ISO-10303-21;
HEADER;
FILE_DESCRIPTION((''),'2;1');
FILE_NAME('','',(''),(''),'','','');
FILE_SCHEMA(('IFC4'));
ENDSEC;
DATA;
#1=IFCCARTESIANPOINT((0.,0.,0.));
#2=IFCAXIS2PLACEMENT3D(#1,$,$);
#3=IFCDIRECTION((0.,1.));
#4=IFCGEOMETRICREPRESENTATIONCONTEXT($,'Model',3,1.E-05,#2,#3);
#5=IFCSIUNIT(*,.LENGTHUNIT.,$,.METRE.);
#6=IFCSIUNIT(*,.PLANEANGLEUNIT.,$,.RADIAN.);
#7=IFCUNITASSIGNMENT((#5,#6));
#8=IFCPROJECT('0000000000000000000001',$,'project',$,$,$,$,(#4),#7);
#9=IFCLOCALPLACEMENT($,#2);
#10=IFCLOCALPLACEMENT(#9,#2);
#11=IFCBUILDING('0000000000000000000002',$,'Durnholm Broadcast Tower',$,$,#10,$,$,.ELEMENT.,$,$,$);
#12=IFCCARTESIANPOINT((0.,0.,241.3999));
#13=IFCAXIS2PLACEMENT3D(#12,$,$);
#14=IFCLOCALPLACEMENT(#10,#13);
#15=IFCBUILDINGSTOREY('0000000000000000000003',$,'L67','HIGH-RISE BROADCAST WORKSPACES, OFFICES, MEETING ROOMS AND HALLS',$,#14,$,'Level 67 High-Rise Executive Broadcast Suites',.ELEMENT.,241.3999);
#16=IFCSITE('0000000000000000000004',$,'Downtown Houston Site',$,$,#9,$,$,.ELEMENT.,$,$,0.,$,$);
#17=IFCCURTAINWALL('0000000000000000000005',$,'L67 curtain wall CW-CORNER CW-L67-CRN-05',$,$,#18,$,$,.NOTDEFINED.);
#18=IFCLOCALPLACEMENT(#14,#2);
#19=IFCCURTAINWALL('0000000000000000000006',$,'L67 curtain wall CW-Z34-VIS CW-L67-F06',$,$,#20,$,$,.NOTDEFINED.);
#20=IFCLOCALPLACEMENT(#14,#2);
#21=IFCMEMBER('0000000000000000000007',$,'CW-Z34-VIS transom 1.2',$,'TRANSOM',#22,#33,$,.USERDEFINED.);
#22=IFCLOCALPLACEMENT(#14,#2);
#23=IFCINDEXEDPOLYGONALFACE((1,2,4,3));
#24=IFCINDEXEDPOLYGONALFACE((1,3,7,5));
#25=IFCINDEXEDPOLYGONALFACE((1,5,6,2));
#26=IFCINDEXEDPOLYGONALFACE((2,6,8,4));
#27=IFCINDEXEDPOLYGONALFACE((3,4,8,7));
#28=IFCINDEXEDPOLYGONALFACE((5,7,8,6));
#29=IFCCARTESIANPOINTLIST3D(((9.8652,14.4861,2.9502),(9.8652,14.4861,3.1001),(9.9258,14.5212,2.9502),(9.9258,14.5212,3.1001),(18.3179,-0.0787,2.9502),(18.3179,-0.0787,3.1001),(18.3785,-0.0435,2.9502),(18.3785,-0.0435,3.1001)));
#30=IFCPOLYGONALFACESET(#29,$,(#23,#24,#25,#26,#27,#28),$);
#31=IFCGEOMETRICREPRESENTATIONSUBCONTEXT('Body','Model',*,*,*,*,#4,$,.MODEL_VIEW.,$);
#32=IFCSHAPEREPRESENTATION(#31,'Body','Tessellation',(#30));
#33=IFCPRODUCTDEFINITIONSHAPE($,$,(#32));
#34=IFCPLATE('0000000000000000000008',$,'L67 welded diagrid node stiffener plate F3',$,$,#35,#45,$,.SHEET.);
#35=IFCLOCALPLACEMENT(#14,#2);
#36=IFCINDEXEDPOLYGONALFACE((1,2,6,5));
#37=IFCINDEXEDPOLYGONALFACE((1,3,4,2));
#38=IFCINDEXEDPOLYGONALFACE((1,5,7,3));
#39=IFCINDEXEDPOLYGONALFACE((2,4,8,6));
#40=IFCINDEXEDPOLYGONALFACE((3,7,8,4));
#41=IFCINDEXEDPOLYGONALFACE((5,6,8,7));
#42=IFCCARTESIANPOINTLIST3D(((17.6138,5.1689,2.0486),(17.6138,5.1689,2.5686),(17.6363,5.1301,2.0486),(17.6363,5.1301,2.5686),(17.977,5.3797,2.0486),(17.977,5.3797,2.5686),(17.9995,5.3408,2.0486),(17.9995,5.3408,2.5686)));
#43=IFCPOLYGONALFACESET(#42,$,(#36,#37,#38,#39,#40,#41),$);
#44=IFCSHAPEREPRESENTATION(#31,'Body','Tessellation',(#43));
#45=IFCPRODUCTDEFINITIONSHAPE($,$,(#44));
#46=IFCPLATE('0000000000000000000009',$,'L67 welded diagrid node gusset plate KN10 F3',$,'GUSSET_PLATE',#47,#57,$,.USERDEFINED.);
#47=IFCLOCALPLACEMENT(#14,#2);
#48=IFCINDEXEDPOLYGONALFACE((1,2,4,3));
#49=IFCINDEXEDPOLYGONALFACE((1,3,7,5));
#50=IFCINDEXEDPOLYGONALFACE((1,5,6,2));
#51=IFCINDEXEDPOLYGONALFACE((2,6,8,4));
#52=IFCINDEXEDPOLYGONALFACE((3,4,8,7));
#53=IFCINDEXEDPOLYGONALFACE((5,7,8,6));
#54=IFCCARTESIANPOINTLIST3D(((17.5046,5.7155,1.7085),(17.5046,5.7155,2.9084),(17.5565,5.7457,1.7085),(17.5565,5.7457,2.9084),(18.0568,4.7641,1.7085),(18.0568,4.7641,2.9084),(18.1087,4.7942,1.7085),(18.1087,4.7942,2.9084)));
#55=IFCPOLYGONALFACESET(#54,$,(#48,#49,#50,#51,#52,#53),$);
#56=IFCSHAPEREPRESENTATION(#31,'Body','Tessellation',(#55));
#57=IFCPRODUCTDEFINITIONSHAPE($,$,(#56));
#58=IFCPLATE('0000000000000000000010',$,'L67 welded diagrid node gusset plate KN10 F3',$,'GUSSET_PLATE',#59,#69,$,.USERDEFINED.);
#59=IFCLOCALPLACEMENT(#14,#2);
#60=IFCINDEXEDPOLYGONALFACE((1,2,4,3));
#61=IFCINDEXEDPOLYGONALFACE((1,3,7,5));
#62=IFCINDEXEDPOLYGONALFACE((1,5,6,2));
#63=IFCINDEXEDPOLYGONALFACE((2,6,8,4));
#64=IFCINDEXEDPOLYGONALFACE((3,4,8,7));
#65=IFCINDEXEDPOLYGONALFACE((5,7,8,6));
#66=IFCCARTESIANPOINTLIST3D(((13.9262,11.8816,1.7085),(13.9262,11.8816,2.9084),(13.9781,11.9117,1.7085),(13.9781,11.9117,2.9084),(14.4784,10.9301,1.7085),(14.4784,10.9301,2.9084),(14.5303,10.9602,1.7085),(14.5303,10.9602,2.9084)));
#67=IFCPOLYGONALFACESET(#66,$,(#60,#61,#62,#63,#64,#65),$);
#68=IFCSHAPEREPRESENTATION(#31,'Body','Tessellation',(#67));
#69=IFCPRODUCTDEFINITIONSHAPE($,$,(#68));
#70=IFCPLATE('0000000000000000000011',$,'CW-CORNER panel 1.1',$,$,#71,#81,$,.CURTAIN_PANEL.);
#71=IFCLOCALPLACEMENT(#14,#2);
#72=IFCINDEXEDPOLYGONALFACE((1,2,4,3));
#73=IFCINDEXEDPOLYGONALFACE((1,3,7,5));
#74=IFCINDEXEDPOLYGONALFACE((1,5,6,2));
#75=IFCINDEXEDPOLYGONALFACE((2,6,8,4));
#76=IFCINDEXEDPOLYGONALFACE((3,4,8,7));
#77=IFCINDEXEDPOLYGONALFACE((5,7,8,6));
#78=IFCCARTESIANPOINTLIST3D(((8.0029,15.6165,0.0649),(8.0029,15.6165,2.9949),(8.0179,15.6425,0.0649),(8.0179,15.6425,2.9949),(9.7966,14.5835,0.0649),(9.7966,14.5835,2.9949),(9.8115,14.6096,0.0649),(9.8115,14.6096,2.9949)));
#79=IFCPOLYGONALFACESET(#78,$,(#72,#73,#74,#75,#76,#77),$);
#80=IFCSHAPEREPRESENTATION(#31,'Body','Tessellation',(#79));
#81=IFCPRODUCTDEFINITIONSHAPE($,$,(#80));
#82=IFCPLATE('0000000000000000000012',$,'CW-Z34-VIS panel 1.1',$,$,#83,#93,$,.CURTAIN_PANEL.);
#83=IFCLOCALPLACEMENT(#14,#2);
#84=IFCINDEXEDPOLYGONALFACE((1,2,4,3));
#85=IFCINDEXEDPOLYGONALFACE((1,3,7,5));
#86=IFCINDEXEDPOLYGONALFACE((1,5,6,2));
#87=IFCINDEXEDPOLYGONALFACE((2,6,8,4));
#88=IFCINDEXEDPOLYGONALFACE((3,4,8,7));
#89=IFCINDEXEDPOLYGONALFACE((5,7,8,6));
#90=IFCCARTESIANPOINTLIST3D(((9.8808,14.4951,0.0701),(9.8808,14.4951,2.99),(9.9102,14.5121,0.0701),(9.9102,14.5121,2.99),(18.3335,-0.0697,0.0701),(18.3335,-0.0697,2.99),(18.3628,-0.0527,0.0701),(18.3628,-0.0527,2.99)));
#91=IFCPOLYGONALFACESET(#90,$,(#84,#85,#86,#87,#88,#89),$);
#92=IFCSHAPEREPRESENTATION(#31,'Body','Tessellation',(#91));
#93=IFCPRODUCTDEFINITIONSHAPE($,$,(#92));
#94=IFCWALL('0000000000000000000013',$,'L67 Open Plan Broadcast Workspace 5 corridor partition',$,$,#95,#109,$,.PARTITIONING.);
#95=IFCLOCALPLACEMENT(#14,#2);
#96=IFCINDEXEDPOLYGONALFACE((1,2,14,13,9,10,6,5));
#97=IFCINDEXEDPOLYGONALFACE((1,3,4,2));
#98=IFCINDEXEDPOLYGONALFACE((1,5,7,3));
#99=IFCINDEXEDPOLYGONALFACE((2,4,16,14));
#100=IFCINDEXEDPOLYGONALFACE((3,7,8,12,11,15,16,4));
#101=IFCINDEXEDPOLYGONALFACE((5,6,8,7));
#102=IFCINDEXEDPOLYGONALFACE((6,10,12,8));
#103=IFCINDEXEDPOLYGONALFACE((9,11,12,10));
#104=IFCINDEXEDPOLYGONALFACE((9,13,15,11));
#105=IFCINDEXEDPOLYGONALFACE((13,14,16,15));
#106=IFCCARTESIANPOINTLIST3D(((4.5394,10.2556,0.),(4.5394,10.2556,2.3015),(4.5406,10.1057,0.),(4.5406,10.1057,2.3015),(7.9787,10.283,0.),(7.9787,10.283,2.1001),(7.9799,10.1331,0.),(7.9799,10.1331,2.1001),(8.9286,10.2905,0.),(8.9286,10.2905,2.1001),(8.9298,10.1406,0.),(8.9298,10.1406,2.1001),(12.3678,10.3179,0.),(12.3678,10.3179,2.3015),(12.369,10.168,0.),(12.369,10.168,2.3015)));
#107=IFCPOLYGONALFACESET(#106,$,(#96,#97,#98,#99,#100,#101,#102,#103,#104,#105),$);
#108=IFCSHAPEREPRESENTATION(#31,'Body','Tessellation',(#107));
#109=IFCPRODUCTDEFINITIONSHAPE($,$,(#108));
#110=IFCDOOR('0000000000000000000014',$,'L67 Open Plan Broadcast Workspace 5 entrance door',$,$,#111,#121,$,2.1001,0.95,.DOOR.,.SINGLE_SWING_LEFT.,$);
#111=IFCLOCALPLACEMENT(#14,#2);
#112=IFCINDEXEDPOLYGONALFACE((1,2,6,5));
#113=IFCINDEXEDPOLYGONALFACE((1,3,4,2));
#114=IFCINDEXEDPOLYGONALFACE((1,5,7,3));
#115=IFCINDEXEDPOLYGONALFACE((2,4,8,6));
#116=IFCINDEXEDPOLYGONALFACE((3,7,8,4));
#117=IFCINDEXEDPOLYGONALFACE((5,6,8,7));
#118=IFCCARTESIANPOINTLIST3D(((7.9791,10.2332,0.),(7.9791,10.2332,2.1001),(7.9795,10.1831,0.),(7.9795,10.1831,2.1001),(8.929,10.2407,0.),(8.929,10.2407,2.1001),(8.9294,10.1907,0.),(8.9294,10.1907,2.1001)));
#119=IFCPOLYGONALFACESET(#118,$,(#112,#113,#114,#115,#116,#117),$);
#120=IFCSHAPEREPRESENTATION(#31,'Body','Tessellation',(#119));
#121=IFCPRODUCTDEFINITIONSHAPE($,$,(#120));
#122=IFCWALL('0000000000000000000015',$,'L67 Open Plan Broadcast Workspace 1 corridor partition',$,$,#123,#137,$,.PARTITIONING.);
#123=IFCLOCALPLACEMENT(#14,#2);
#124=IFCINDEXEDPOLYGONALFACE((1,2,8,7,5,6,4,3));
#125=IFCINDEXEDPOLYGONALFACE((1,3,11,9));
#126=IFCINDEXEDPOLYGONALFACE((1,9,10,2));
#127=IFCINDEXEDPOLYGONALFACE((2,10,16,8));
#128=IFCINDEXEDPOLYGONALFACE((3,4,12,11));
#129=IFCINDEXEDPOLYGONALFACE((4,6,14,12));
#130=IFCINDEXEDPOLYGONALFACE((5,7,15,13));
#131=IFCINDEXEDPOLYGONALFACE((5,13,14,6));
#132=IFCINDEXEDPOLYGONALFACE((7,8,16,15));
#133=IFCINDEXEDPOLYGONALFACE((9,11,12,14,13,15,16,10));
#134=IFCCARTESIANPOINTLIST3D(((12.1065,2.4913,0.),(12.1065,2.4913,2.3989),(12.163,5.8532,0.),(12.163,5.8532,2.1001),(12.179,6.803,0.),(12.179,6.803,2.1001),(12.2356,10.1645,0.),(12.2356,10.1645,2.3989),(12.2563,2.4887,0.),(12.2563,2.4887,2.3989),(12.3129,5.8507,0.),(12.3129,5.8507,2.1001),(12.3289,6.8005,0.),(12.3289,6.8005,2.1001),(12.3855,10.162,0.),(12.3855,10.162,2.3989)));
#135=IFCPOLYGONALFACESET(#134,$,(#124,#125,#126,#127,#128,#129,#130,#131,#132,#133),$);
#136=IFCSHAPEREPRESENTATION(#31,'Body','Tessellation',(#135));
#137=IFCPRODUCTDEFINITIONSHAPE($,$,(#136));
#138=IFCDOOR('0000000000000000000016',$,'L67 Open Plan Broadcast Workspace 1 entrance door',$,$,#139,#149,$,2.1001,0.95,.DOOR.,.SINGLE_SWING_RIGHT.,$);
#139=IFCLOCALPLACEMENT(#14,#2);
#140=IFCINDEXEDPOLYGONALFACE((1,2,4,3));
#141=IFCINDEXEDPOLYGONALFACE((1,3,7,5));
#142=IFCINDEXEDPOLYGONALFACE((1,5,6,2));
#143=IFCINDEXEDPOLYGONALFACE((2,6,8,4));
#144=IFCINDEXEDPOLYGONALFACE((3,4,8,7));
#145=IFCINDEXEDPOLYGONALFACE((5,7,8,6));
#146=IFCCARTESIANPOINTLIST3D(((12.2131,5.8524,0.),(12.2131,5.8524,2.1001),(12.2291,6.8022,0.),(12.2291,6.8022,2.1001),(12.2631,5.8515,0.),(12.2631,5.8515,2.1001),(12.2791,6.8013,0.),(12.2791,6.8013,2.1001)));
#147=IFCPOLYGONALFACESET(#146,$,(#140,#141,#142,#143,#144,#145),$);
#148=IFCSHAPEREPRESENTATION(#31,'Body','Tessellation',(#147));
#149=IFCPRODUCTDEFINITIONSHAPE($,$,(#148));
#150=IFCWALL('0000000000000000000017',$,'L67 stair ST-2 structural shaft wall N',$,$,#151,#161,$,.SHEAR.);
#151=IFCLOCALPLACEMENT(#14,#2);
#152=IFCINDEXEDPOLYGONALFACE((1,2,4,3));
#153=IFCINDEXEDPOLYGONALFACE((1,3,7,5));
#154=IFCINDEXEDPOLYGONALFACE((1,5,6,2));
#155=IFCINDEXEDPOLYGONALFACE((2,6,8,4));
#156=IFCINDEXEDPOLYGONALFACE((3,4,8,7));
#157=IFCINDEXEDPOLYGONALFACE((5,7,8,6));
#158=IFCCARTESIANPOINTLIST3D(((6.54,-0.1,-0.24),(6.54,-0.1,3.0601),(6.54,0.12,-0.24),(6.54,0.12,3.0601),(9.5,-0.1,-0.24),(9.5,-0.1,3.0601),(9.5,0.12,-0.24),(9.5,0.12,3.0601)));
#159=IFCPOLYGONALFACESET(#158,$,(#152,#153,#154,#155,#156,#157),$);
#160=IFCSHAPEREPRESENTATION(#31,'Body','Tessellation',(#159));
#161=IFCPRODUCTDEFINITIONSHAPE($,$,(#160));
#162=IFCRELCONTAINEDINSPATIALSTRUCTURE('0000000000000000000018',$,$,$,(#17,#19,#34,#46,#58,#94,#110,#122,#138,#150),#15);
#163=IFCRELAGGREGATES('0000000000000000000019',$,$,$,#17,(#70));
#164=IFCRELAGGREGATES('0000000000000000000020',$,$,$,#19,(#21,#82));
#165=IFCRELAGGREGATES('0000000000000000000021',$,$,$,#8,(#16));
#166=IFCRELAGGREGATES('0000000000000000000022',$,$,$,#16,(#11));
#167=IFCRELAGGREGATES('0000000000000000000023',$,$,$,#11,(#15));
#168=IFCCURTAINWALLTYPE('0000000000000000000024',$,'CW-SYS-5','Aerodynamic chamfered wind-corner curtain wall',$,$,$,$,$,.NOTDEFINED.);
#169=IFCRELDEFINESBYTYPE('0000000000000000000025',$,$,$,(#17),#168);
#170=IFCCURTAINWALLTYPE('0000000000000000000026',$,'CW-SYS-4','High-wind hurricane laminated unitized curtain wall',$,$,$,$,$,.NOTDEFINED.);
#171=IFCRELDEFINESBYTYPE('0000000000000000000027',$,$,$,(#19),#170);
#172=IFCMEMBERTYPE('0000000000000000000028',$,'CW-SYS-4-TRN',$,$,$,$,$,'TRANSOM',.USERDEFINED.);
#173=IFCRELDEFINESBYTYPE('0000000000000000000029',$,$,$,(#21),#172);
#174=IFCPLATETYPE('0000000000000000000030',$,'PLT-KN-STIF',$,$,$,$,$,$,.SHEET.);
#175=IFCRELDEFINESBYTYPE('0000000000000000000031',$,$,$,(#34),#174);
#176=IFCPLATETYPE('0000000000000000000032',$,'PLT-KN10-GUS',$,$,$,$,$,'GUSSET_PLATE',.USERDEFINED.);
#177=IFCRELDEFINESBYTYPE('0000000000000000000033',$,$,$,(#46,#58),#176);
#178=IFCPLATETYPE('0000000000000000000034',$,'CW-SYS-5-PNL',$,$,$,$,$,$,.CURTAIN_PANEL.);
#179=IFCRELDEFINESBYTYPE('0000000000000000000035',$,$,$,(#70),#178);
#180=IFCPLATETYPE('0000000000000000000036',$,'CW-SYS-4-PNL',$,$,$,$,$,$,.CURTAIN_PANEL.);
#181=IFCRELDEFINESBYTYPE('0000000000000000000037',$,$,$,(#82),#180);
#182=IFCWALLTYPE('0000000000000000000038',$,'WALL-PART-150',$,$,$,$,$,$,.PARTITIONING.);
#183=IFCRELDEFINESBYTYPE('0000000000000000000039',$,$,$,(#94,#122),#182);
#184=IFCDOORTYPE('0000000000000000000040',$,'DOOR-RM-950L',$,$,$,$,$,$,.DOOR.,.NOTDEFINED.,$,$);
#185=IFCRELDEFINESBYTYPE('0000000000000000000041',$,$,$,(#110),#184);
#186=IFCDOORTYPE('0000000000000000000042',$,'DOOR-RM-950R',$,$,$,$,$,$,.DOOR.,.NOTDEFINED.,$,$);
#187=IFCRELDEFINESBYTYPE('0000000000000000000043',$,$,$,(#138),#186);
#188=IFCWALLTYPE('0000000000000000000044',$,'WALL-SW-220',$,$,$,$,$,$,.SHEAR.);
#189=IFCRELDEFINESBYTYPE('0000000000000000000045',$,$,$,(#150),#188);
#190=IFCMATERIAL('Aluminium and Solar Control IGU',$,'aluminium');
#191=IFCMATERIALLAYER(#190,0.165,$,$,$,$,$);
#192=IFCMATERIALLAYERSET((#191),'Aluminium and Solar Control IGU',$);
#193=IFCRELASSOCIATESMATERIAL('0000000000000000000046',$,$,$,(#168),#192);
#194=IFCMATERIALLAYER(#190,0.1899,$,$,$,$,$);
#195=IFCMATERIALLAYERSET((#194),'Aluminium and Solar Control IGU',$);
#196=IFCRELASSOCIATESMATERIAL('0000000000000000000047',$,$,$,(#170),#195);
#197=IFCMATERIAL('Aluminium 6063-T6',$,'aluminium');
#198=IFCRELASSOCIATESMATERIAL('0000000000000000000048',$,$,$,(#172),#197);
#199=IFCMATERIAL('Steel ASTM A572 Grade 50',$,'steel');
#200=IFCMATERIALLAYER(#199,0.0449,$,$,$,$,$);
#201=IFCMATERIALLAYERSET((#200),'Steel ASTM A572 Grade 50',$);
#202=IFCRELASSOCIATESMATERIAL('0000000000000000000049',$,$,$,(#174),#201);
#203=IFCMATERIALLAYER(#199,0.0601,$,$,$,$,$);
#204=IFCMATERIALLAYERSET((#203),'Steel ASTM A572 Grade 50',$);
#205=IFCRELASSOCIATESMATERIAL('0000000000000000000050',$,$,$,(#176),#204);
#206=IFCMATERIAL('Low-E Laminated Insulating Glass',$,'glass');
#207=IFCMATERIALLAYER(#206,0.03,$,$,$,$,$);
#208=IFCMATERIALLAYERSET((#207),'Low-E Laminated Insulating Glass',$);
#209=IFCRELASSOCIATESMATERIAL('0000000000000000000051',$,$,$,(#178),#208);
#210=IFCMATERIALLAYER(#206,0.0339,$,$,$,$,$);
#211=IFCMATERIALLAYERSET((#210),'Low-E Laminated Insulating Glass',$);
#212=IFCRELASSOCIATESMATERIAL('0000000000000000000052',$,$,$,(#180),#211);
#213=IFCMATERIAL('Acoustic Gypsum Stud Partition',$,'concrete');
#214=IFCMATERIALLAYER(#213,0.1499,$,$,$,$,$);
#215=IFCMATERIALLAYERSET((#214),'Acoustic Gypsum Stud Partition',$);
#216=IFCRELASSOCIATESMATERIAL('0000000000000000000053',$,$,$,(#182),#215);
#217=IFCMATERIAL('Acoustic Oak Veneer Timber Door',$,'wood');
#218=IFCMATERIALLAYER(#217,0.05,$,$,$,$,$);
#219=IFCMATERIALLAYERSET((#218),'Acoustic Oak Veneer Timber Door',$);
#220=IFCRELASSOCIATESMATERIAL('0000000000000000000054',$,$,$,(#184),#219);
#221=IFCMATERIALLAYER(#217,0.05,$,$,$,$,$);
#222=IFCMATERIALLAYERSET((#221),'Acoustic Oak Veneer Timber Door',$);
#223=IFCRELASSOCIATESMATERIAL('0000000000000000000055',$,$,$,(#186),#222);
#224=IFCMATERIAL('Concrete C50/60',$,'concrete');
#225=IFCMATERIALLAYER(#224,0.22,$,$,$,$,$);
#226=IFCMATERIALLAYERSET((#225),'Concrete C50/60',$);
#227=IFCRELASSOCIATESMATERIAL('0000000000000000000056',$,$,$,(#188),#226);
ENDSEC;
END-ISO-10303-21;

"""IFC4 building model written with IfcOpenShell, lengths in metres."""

from ifc_helpers import new_model, si_unit, direction, frame, frame_2d, origin, origin_2d, place, context, subcontext, project, spatial, rectangle, extrude, source, transform, mapped, material, layer, layer_set, material_profile, profile_set, type_object, type_shapes, element, fill, aggregate, save


model = new_model("IFC4")

# Units and contexts
model_context = context("Model", 3, precision=1e-05, world=origin(), true_north=direction((0.0, 1.0)))
body_context = subcontext(model_context, "Body", "Model", "MODEL_VIEW")
ifc_project = project(units=[si_unit("LENGTHUNIT", "METRE"), si_unit("PLANEANGLEUNIT", "RADIAN")], contexts=[model_context])

# Site, building, storey
site_placement = place(None, origin())
site = spatial("IfcSite", under=ifc_project, at=site_placement, Name="Downtown Houston Site", CompositionType="ELEMENT", RefElevation=0.0)
building_placement = place(site_placement, origin())
building = spatial("IfcBuilding", under=site, at=building_placement, Name="Durnholm Broadcast Tower", CompositionType="ELEMENT")
storey_placement = place(building_placement, frame((0.0, 0.0, 241.3999)))
storey = spatial("IfcBuildingStorey", under=building, at=storey_placement, Name="L67", Description="HIGH-RISE BROADCAST WORKSPACES, OFFICES, MEETING ROOMS AND HALLS", LongName="Level 67 High-Rise Executive Broadcast Suites", CompositionType="ELEMENT", Elevation=241.3999)

# Curtain wall
ifc_material_1 = material(Name="Aluminium and Solar Control IGU", Category="aluminium")
ifc_layer_1 = layer(ifc_material_1, 0.165)
ifc_layer_set_1 = layer_set([ifc_layer_1], Name="Aluminium and Solar Control IGU")
curtain_wall_type_1 = type_object("IfcCurtainWallType", Name="CW-SYS-5", Description="Aerodynamic chamfered wind-corner curtain wall", PredefinedType="NOTDEFINED", material=ifc_layer_set_1)
curtain_wall_1_placement = place(storey_placement, origin())
curtain_wall_1 = element("IfcCurtainWall", 1, at=curtain_wall_1_placement, inside=storey, type_object=curtain_wall_type_1, Name="L67 curtain wall CW-CORNER CW-L67-CRN-05", PredefinedType="NOTDEFINED")
ifc_material_2 = material(Name="Aluminium 6063-T6", Category="aluminium")

# Curtain wall, member
ifc_layer_2 = layer(ifc_material_1, 0.1899)
ifc_layer_set_2 = layer_set([ifc_layer_2], Name="Aluminium and Solar Control IGU")
curtain_wall_type_2 = type_object("IfcCurtainWallType", Name="CW-SYS-4", Description="High-wind hurricane laminated unitized curtain wall", PredefinedType="NOTDEFINED", material=ifc_layer_set_2)
curtain_wall_2_placement = place(storey_placement, origin())
curtain_wall_2 = element("IfcCurtainWall", 2, at=curtain_wall_2_placement, inside=storey, type_object=curtain_wall_type_2, Name="L67 curtain wall CW-Z34-VIS CW-L67-F06", PredefinedType="NOTDEFINED")
ifc_material_profile_1 = material_profile(ifc_material_2, rectangle(XDim=0.0701, YDim=0.1499, at=origin_2d()), Name="CWT70X150")
ifc_profile_set_1 = profile_set([ifc_material_profile_1], Name="Aluminium 6063-T6")
member_type_1 = type_object("IfcMemberType", Name="CW-SYS-4-TRN", ElementType="TRANSOM", PredefinedType="USERDEFINED", material=ifc_profile_set_1)
shared_shape_1 = source(origin(), body_context, "Body", "SweptSolid", [
    extrude(rectangle(XDim=0.0701, YDim=0.1499, at=origin_2d()), origin(), (0.0, 0.0, 1.0), 16.8398),
])
type_shapes(member_type_1, [shared_shape_1])
member_1_placement = place(storey_placement, frame((9.8955, 14.5037, 3.0251), z_axis=(0.501945, -0.864899, 0.0), x_axis=(0.864899, 0.501945, 0.0)))
member_1 = element("IfcMember", 3, at=member_1_placement, type_object=member_type_1, Name="CW-Z34-VIS transom 1.2", ObjectType="TRANSOM", PredefinedType="USERDEFINED", context=body_context, shape_type="MappedRepresentation", body=[
    mapped(shared_shape_1, transform((0.0, 0.0, 0.0), x_axis=(1.0, 0.0, 0.0), y_axis=(0.0, 1.0, 0.0), z_axis=(0.0, 0.0, 1.0), scale=1.0)),
])

# Plates
ifc_material_3 = material(Name="Steel ASTM A572 Grade 50", Category="steel")
ifc_layer_3 = layer(ifc_material_3, 0.0449)
ifc_layer_set_3 = layer_set([ifc_layer_3], Name="Steel ASTM A572 Grade 50")
plate_type_1 = type_object("IfcPlateType", Name="PLT-KN-STIF", PredefinedType="SHEET", material=ifc_layer_set_3)
shared_shape_2 = source(origin(), body_context, "Body", "SweptSolid", [
    extrude(rectangle(XDim=0.0449, YDim=0.4199, at=origin_2d()), origin(), (0.0, 0.0, 1.0), 0.52),
])
type_shapes(plate_type_1, [shared_shape_2])
plate_1_placement = place(storey_placement, frame((17.8066, 5.2549, 2.0486), z_axis=(0.0, 0.0, 1.0), x_axis=(-0.501964, 0.864889, 0.0)))
element("IfcPlate", 4, at=plate_1_placement, inside=storey, type_object=plate_type_1, Name="L67 welded diagrid node stiffener plate F3", PredefinedType="SHEET", context=body_context, shape_type="MappedRepresentation", body=[
    mapped(shared_shape_2, transform((0.0, 0.0, 0.0), x_axis=(1.0, 0.0, 0.0), y_axis=(0.0, 1.0, 0.0), z_axis=(0.0, 0.0, 1.0), scale=1.0)),
])
ifc_layer_4 = layer(ifc_material_3, 0.0601)
ifc_layer_set_4 = layer_set([ifc_layer_4], Name="Steel ASTM A572 Grade 50")
plate_type_2 = type_object("IfcPlateType", Name="PLT-KN10-GUS", ElementType="GUSSET_PLATE", PredefinedType="USERDEFINED", material=ifc_layer_set_4)
shared_shape_3 = source(origin(), body_context, "Body", "SweptSolid", [
    extrude(rectangle(XDim=1.1001, YDim=0.0601, at=origin_2d()), origin(), (0.0, 0.0, 1.0), 1.2),
])
type_shapes(plate_type_2, [shared_shape_3])
for number, where, z_axis, x_axis, name in (
    (5, (17.8066, 5.2549, 1.7085), (0.0, 0.0, 1.0), (-0.501964, 0.864889, 0.0), "L67 welded diagrid node gusset plate KN10 F3"),
    (6, (14.2283, 11.4209, 1.7085), (0.0, 0.0, 1.0), (-0.501964, 0.864889, 0.0), "L67 welded diagrid node gusset plate KN10 F3"),
):
    element("IfcPlate", number, at=place(storey_placement, frame(where, z_axis=z_axis, x_axis=x_axis)), inside=storey, type_object=plate_type_2, Name=name, ObjectType="GUSSET_PLATE", PredefinedType="USERDEFINED", context=body_context, shape_type="MappedRepresentation", body=[
        mapped(shared_shape_3, transform((0.0, 0.0, 0.0), x_axis=(1.0, 0.0, 0.0), y_axis=(0.0, 1.0, 0.0), z_axis=(0.0, 0.0, 1.0), scale=1.0)),
    ])

# Plates
ifc_material_4 = material(Name="Low-E Laminated Insulating Glass", Category="glass")
ifc_layer_5 = layer(ifc_material_4, 0.03)
ifc_layer_set_5 = layer_set([ifc_layer_5], Name="Low-E Laminated Insulating Glass")
plate_type_3 = type_object("IfcPlateType", Name="CW-SYS-5-PNL", PredefinedType="CURTAIN_PANEL", material=ifc_layer_set_5)
shared_shape_4 = source(origin(), body_context, "Body", "SweptSolid", [
    extrude(rectangle(XDim=2.0698, YDim=0.03, at=origin_2d()), origin(), (0.0, 0.0, 1.0), 2.9299),
])
type_shapes(plate_type_3, [shared_shape_4])
plate_2_placement = place(storey_placement, frame((8.9072, 15.113, 0.0649), z_axis=(0.0, 0.0, 1.0), x_axis=(0.866568, -0.499059, 0.0)))
plate_2 = element("IfcPlate", 7, at=plate_2_placement, type_object=plate_type_3, Name="CW-CORNER panel 1.1", PredefinedType="CURTAIN_PANEL", context=body_context, shape_type="MappedRepresentation", body=[
    mapped(shared_shape_4, transform((0.0, 0.0, 0.0), x_axis=(1.0, 0.0, 0.0), y_axis=(0.0, 1.0, 0.0), z_axis=(0.0, 0.0, 1.0), scale=1.0)),
])
aggregate(curtain_wall_1, [plate_2])
ifc_layer_6 = layer(ifc_material_4, 0.0339)
ifc_layer_set_6 = layer_set([ifc_layer_6], Name="Low-E Laminated Insulating Glass")
plate_type_4 = type_object("IfcPlateType", Name="CW-SYS-4-PNL", PredefinedType="CURTAIN_PANEL", material=ifc_layer_set_6)
shared_shape_5 = source(origin(), body_context, "Body", "SweptSolid", [
    extrude(rectangle(XDim=16.8398, YDim=0.0339, at=origin_2d()), origin(), (0.0, 0.0, 1.0), 2.9199),
])
type_shapes(plate_type_4, [shared_shape_5])
plate_3_placement = place(storey_placement, frame((14.1218, 7.2212, 0.0701), z_axis=(0.0, 0.0, 1.0), x_axis=(0.501944, -0.8649, 0.0)))
plate_3 = element("IfcPlate", 8, at=plate_3_placement, type_object=plate_type_4, Name="CW-Z34-VIS panel 1.1", PredefinedType="CURTAIN_PANEL", context=body_context, shape_type="MappedRepresentation", body=[
    mapped(shared_shape_5, transform((0.0, 0.0, 0.0), x_axis=(1.0, 0.0, 0.0), y_axis=(0.0, 1.0, 0.0), z_axis=(0.0, 0.0, 1.0), scale=1.0)),
])
aggregate(curtain_wall_2, [member_1, plate_3])

# Walls, openings, doors
ifc_material_5 = material(Name="Acoustic Gypsum Stud Partition", Category="concrete")
ifc_layer_7 = layer(ifc_material_5, 0.1499)
ifc_layer_set_7 = layer_set([ifc_layer_7], Name="Acoustic Gypsum Stud Partition")
wall_type_1 = type_object("IfcWallType", Name="WALL-PART-150", PredefinedType="PARTITIONING", material=ifc_layer_set_7)
wall_1_placement = place(storey_placement, frame((12.3684, 10.2429, 0.0), z_axis=(0.0, 0.0, 1.0), x_axis=(-0.999968, -0.007952, 0.0)))
wall_1 = element("IfcWall", 9, at=wall_1_placement, inside=storey, type_object=wall_type_1, Name="L67 Open Plan Broadcast Workspace 5 corridor partition", PredefinedType="PARTITIONING", context=body_context, shape_type="SweptSolid", body=[
    extrude(rectangle(XDim=7.8286, YDim=0.1499, at=frame_2d((3.9143, 0.0))), origin(), (0.0, 0.0, 1.0), 2.3015),
])
opening_1_placement = place(wall_1_placement, frame((3.4392, 0.0, 0.0)))
opening_1 = element("IfcOpeningElement", 10, at=opening_1_placement, cuts=wall_1, PredefinedType="OPENING", context=body_context, shape_type="SweptSolid", body=[
    extrude(rectangle(XDim=0.95, YDim=2.1001, at=frame_2d((0.4751, 1.05))), frame((0.0, 0.085, 0.0), z_axis=(0.0, -1.0, 0.0), x_axis=(1.0, 0.0, 0.0)), (0.0, 0.0, 1.0), 0.1699),
])
ifc_material_6 = material(Name="Acoustic Oak Veneer Timber Door", Category="wood")
ifc_layer_8 = layer(ifc_material_6, 0.05)
ifc_layer_set_8 = layer_set([ifc_layer_8], Name="Acoustic Oak Veneer Timber Door")
door_type_1 = type_object("IfcDoorType", Name="DOOR-RM-950L", OperationType="NOTDEFINED", PredefinedType="DOOR", material=ifc_layer_set_8)
shared_shape_6 = source(origin(), body_context, "Body", "SweptSolid", [
    extrude(rectangle(XDim=0.95, YDim=2.1001, at=frame_2d((0.4751, 1.05))), frame((0.0, 0.0249, 0.0), z_axis=(0.0, -1.0, 0.0), x_axis=(1.0, 0.0, 0.0)), (0.0, 0.0, 1.0), 0.05),
])
type_shapes(door_type_1, [shared_shape_6])
door_1_placement = place(opening_1_placement, origin())
door_1 = element("IfcDoor", 11, at=door_1_placement, inside=storey, type_object=door_type_1, Name="L67 Open Plan Broadcast Workspace 5 entrance door", OperationType="SINGLE_SWING_LEFT", OverallHeight=2.1001, OverallWidth=0.95, PredefinedType="DOOR", context=body_context, shape_type="MappedRepresentation", body=[
    mapped(shared_shape_6, transform((0.0, 0.0, 0.0), x_axis=(1.0, 0.0, 0.0), y_axis=(0.0, 1.0, 0.0), z_axis=(0.0, 0.0, 1.0), scale=1.0)),
])
fill(opening_1, door_1)
wall_2_placement = place(storey_placement, frame((12.1814, 2.49, 0.0), z_axis=(0.0, 0.0, 1.0), x_axis=(0.016829, 0.999858, 0.0)))
wall_2 = element("IfcWall", 12, at=wall_2_placement, inside=storey, type_object=wall_type_1, Name="L67 Open Plan Broadcast Workspace 1 corridor partition", PredefinedType="PARTITIONING", context=body_context, shape_type="SweptSolid", body=[
    extrude(rectangle(XDim=7.6743, YDim=0.1499, at=frame_2d((3.8372, 0.0))), origin(), (0.0, 0.0, 1.0), 2.3989),
])
opening_2_placement = place(wall_2_placement, frame((3.3623, 0.0, 0.0)))
opening_2 = element("IfcOpeningElement", 13, at=opening_2_placement, cuts=wall_2, PredefinedType="OPENING", context=body_context, shape_type="SweptSolid", body=[
    extrude(rectangle(XDim=0.95, YDim=2.1001, at=frame_2d((0.4751, 1.05))), frame((0.0, 0.085, 0.0), z_axis=(0.0, -1.0, 0.0), x_axis=(1.0, 0.0, 0.0)), (0.0, 0.0, 1.0), 0.1699),
])
ifc_layer_9 = layer(ifc_material_6, 0.05)
ifc_layer_set_9 = layer_set([ifc_layer_9], Name="Acoustic Oak Veneer Timber Door")
door_type_2 = type_object("IfcDoorType", Name="DOOR-RM-950R", OperationType="NOTDEFINED", PredefinedType="DOOR", material=ifc_layer_set_9)
shared_shape_7 = source(origin(), body_context, "Body", "SweptSolid", [
    extrude(rectangle(XDim=0.95, YDim=2.1001, at=frame_2d((0.4751, 1.05))), frame((0.0, 0.0249, 0.0), z_axis=(0.0, -1.0, 0.0), x_axis=(1.0, 0.0, 0.0)), (0.0, 0.0, 1.0), 0.05),
])
type_shapes(door_type_2, [shared_shape_7])
door_2_placement = place(opening_2_placement, origin())
door_2 = element("IfcDoor", 14, at=door_2_placement, inside=storey, type_object=door_type_2, Name="L67 Open Plan Broadcast Workspace 1 entrance door", OperationType="SINGLE_SWING_RIGHT", OverallHeight=2.1001, OverallWidth=0.95, PredefinedType="DOOR", context=body_context, shape_type="MappedRepresentation", body=[
    mapped(shared_shape_7, transform((0.0, 0.0, 0.0), x_axis=(1.0, 0.0, 0.0), y_axis=(0.0, 1.0, 0.0), z_axis=(0.0, 0.0, 1.0), scale=1.0)),
])
fill(opening_2, door_2)

# Wall
ifc_material_7 = material(Name="Concrete C50/60", Category="concrete")
ifc_layer_10 = layer(ifc_material_7, 0.22)
ifc_layer_set_10 = layer_set([ifc_layer_10], Name="Concrete C50/60")
wall_type_2 = type_object("IfcWallType", Name="WALL-SW-220", PredefinedType="SHEAR", material=ifc_layer_set_10)
wall_3_placement = place(storey_placement, frame((9.5, 0.01, -0.24), z_axis=(0.0, 0.0, 1.0), x_axis=(-1.0, 0.0, 0.0)))
element("IfcWall", 15, at=wall_3_placement, inside=storey, type_object=wall_type_2, Name="L67 stair ST-2 structural shaft wall N", PredefinedType="SHEAR", context=body_context, shape_type="SweptSolid", body=[
    extrude(rectangle(XDim=2.96, YDim=0.22, at=frame_2d((1.48, 0.0))), origin(), (0.0, 0.0, 1.0), 3.3),
])

save(model, "model.ifc")
